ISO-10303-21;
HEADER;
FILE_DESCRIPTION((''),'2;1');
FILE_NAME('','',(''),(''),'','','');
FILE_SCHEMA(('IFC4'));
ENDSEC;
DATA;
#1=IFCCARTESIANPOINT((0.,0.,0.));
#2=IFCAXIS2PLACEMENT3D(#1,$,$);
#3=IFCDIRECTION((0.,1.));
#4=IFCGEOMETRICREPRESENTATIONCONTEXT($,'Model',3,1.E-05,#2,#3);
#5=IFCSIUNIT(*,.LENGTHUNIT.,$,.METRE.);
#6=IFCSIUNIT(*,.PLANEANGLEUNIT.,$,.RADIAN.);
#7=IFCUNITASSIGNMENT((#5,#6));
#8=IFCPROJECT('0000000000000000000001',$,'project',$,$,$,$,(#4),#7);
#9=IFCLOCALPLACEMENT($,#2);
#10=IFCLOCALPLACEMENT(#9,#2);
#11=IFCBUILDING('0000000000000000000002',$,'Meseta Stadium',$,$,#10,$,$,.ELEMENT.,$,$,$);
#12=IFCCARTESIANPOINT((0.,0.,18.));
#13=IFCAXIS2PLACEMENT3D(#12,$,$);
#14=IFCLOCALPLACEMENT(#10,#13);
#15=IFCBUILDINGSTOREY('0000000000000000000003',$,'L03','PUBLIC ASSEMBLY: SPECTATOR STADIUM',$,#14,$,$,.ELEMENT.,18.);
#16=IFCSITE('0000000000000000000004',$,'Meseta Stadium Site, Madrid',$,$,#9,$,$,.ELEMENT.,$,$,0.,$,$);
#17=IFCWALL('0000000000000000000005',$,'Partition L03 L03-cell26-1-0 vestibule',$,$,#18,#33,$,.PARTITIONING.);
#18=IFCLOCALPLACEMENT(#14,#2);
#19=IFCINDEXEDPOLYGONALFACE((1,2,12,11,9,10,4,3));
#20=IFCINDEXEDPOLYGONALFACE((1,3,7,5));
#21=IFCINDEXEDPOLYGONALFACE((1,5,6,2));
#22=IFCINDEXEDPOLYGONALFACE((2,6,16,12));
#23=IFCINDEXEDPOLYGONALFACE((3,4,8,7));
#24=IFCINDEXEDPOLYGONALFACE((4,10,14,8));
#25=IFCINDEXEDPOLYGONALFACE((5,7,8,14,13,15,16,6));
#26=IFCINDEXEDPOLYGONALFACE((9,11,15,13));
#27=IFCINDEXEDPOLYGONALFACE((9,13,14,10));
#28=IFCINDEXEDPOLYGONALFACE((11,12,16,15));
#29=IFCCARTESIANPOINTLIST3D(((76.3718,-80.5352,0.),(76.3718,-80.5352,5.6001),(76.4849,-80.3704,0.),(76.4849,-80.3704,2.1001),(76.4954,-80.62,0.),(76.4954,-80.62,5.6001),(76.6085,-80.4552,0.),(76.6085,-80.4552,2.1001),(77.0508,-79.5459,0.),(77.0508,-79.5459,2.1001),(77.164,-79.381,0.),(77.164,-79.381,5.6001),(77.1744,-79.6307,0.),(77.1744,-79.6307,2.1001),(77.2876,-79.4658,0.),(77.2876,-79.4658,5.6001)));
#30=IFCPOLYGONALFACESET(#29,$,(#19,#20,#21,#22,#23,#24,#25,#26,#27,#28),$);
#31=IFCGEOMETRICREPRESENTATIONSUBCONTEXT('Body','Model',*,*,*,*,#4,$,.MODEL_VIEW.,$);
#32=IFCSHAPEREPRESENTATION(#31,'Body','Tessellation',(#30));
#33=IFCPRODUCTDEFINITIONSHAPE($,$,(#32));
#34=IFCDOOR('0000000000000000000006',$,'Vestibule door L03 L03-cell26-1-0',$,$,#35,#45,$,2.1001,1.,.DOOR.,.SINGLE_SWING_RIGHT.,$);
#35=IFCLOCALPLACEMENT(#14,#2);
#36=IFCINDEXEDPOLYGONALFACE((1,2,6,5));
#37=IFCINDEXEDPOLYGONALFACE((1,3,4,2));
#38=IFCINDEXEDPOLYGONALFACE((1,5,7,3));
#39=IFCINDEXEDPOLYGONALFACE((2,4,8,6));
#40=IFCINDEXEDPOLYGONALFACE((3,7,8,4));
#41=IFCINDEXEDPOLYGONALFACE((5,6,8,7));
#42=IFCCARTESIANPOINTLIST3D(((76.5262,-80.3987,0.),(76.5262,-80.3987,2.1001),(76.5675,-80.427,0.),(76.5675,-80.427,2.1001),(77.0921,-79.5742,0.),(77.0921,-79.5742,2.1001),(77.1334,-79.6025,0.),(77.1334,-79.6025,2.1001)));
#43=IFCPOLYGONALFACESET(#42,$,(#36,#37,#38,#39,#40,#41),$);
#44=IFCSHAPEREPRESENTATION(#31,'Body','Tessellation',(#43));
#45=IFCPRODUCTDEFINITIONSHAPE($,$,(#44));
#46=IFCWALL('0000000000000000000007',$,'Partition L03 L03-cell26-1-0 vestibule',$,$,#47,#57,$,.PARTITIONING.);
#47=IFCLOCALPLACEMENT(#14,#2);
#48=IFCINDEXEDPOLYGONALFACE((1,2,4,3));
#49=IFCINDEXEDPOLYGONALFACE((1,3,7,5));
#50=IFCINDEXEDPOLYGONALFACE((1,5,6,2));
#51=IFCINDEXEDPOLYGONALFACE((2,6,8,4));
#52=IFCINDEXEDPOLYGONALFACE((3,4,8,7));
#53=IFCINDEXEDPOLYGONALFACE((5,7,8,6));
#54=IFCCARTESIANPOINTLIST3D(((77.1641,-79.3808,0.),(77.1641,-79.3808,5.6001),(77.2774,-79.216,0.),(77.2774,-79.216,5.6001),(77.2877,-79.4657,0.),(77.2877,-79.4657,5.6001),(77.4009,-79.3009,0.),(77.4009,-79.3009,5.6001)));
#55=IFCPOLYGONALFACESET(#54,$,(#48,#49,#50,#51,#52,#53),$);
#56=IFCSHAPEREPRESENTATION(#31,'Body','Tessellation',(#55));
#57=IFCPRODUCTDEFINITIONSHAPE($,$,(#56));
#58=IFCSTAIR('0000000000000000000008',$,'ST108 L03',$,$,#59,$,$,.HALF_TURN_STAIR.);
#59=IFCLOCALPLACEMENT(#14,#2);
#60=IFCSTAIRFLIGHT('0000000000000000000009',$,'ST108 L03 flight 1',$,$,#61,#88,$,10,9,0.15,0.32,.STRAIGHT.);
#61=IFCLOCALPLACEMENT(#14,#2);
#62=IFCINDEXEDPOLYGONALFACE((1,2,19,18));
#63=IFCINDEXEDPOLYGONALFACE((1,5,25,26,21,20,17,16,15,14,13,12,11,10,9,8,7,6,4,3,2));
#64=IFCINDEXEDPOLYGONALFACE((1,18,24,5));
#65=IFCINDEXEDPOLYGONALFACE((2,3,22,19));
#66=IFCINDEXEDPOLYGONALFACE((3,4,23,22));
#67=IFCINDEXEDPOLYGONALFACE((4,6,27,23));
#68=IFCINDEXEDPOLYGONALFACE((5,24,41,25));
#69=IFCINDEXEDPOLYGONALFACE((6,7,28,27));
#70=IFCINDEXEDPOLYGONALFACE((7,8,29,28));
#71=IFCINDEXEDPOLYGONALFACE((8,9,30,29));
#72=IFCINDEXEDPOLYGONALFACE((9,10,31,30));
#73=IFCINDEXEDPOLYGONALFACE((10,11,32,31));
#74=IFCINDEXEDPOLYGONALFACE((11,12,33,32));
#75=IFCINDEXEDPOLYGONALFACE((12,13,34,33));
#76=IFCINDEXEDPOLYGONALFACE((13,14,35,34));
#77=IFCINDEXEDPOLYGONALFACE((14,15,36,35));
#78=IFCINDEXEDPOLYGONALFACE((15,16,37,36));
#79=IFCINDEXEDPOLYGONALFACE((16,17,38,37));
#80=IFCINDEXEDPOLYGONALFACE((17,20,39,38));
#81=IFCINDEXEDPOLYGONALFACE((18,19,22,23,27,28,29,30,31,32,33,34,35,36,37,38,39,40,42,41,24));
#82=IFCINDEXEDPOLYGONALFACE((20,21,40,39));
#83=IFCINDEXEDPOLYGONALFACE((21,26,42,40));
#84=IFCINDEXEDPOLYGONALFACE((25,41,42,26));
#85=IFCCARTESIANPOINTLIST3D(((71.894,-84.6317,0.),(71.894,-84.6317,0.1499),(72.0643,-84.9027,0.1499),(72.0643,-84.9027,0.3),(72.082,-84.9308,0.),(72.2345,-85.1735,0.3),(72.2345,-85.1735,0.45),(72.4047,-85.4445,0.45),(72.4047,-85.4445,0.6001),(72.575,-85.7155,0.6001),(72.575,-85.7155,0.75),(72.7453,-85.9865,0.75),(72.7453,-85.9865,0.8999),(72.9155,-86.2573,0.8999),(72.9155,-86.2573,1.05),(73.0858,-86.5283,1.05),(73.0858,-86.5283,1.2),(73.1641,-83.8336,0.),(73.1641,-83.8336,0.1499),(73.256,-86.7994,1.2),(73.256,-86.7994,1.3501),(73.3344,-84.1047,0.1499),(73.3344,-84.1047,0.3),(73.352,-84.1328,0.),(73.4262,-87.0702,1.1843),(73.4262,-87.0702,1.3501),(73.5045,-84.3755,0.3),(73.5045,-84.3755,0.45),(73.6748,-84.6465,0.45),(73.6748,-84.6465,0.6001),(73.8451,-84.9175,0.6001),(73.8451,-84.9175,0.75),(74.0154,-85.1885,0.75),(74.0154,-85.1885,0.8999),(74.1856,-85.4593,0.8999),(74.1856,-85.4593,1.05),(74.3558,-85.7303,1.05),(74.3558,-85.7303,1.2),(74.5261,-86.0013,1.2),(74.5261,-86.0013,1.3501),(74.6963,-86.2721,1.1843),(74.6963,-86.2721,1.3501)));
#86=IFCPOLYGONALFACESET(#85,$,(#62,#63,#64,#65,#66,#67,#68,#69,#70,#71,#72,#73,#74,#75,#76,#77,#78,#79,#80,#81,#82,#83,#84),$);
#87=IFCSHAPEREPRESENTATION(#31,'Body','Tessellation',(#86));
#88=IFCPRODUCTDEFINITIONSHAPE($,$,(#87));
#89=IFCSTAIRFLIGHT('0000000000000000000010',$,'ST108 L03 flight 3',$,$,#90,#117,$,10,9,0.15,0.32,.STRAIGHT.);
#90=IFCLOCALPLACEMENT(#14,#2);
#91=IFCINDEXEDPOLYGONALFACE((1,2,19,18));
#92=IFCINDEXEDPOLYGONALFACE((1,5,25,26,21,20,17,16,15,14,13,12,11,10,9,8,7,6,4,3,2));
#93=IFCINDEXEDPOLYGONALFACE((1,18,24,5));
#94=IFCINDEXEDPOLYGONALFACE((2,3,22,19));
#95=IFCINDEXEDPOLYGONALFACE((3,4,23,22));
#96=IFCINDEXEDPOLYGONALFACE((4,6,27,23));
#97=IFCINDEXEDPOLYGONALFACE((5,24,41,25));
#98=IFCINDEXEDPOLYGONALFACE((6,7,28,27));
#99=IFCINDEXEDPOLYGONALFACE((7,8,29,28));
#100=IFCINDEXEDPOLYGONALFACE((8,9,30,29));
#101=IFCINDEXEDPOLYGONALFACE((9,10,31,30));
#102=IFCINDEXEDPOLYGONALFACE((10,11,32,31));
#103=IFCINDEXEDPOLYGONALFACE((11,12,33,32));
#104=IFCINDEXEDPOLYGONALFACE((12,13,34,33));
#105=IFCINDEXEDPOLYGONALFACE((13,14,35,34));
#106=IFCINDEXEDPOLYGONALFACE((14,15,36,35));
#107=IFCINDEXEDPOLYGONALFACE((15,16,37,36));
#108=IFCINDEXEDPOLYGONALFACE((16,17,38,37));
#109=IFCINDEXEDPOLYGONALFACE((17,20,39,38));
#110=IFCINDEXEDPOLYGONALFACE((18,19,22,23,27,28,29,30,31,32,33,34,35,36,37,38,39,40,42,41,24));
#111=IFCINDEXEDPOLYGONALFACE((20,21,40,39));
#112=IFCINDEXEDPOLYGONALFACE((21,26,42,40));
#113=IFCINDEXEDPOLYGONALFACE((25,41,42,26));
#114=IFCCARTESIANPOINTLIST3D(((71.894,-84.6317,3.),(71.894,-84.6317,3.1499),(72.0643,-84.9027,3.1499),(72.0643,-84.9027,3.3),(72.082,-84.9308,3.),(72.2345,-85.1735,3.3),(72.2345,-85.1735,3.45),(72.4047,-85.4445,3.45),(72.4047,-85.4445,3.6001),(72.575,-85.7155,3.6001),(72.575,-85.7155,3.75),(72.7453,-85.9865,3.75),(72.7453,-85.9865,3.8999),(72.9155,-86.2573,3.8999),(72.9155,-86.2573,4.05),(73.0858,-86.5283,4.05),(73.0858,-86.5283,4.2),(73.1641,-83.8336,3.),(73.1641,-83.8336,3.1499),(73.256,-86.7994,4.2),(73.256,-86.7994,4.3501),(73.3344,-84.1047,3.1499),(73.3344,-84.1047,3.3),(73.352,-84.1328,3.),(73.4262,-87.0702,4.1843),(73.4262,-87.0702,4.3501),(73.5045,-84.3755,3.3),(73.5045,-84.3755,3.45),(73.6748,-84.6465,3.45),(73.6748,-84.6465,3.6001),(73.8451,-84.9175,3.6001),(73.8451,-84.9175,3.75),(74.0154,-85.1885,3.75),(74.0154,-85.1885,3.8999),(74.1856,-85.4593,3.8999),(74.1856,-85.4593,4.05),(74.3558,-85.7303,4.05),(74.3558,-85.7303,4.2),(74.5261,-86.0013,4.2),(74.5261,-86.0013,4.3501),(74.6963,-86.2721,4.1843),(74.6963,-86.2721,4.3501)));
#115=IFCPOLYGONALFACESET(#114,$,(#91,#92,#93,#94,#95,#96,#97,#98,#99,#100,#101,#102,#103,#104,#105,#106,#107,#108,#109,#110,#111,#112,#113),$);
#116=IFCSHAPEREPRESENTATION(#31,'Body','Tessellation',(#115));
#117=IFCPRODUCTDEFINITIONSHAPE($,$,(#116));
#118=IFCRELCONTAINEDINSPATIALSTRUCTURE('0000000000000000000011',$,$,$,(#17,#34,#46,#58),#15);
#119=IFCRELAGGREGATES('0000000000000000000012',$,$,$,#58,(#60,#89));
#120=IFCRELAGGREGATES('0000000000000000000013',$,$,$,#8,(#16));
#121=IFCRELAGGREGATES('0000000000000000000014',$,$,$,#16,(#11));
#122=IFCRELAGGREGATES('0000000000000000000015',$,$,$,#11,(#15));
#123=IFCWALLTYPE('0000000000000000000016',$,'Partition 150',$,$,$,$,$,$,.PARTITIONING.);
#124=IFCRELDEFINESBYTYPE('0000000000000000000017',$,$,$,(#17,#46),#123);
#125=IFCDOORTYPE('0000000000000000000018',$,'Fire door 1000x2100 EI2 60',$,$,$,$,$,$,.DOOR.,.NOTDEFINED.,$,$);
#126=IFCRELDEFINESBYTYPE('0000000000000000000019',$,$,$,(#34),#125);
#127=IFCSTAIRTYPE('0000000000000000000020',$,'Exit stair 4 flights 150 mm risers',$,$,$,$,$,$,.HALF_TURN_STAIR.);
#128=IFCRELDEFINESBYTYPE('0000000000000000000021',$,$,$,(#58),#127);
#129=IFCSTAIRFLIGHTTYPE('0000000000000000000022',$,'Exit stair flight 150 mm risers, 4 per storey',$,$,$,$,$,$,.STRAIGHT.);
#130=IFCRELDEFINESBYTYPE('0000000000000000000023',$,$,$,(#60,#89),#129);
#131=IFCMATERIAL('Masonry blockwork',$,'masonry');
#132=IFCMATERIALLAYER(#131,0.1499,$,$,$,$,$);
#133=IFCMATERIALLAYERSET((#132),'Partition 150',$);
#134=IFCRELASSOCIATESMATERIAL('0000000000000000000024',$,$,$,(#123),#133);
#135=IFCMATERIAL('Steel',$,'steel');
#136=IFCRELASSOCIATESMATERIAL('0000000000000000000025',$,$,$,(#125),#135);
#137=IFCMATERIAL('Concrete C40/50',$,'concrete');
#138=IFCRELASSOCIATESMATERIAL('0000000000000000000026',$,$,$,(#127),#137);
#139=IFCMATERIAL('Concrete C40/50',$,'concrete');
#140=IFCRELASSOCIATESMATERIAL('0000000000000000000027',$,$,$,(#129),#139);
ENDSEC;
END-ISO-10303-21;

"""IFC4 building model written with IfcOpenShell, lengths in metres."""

from ifc_helpers import new_model, si_unit, direction, frame, frame_2d, origin, place, context, subcontext, project, spatial, polyline, rectangle, outline, extrude, material, layer, layer_set, type_object, element, fill, aggregate, save


model = new_model("IFC4")

# Units and contexts
model_context = context("Model", 3, precision=1e-05, world=origin(), true_north=direction((0.0, 1.0)))
body_context = subcontext(model_context, "Body", "Model", "MODEL_VIEW")
ifc_project = project(units=[si_unit("LENGTHUNIT", "METRE"), si_unit("PLANEANGLEUNIT", "RADIAN")], contexts=[model_context])

# Site, building, storey
site_placement = place(None, origin())
site = spatial("IfcSite", under=ifc_project, at=site_placement, Name="Meseta Stadium Site, Madrid", CompositionType="ELEMENT", RefElevation=0.0)
building_placement = place(site_placement, origin())
building = spatial("IfcBuilding", under=site, at=building_placement, Name="Meseta Stadium", CompositionType="ELEMENT")
storey_placement = place(building_placement, frame((0.0, 0.0, 18.0)))
storey = spatial("IfcBuildingStorey", under=building, at=storey_placement, Name="L03", Description="PUBLIC ASSEMBLY: SPECTATOR STADIUM", CompositionType="ELEMENT", Elevation=18.0)

# Shared definitions
ifc_material_1 = material(Name="Masonry blockwork", Category="masonry")
ifc_layer = layer(ifc_material_1, 0.1499)
ifc_layer_set = layer_set([ifc_layer], Name="Partition 150")
wall_type = type_object("IfcWallType", Name="Partition 150", PredefinedType="PARTITIONING", material=ifc_layer_set)

# Wall, opening, door
wall_1_placement = place(storey_placement, frame((76.4336, -80.5776, 0.0), z_axis=(0.0, 0.0, 1.0), x_axis=(0.565877, 0.824489, 0.0)))
wall_1 = element("IfcWall", 1, at=wall_1_placement, inside=storey, type_object=wall_type, Name="Partition L03 L03-cell26-1-0 vestibule", PredefinedType="PARTITIONING", context=body_context, shape_type="SweptSolid", body=[
    extrude(rectangle(XDim=1.3999, YDim=0.1499, at=frame_2d((0.7, 0.0))), origin(), (0.0, 0.0, 1.0), 5.6001),
])
opening_placement = place(wall_1_placement, frame((0.2, 0.0, 0.0)))
opening = element("IfcOpeningElement", 2, at=opening_placement, cuts=wall_1, PredefinedType="OPENING", context=body_context, shape_type="SweptSolid", body=[
    extrude(rectangle(XDim=1.0, YDim=2.1001, at=frame_2d((0.5, 1.05))), frame((0.0, 0.085, 0.0), z_axis=(0.0, -1.0, 0.0), x_axis=(1.0, 0.0, 0.0)), (0.0, 0.0, 1.0), 0.1699),
])
ifc_material_2 = material(Name="Steel", Category="steel")
door_type = type_object("IfcDoorType", Name="Fire door 1000x2100 EI2 60", OperationType="NOTDEFINED", PredefinedType="DOOR", material=ifc_material_2)
door_placement = place(opening_placement, origin())
door = element("IfcDoor", 3, at=door_placement, inside=storey, type_object=door_type, Name="Vestibule door L03 L03-cell26-1-0", OperationType="SINGLE_SWING_RIGHT", OverallHeight=2.1001, OverallWidth=1.0, PredefinedType="DOOR", context=body_context, shape_type="SweptSolid", body=[
    extrude(rectangle(XDim=1.0, YDim=2.1001, at=frame_2d((0.5, 1.05))), frame((0.0, 0.0249, 0.0), z_axis=(0.0, -1.0, 0.0), x_axis=(1.0, 0.0, 0.0)), (0.0, 0.0, 1.0), 0.05),
])
fill(opening, door)

# Wall
wall_2_placement = place(storey_placement, frame((77.2258, -79.4233, 0.0), z_axis=(0.0, 0.0, 1.0), x_axis=(0.566477, 0.824078, 0.0)))
element("IfcWall", 4, at=wall_2_placement, inside=storey, type_object=wall_type, Name="Partition L03 L03-cell26-1-0 vestibule", PredefinedType="PARTITIONING", context=body_context, shape_type="SweptSolid", body=[
    extrude(rectangle(XDim=0.2, YDim=0.1499, at=frame_2d((0.1001, 0.0))), origin(), (0.0, 0.0, 1.0), 5.6001),
])

# Stair, stair flights
ifc_material_3 = material(Name="Concrete C40/50", Category="concrete")
stair_type = type_object("IfcStairType", Name="Exit stair 4 flights 150 mm risers", PredefinedType="HALF_TURN_STAIR", material=ifc_material_3)
stair_placement = place(storey_placement, origin())
stair = element("IfcStair", 5, at=stair_placement, inside=storey, type_object=stair_type, Name="ST108 L03", PredefinedType="HALF_TURN_STAIR")
ifc_material_4 = material(Name="Concrete C40/50", Category="concrete")
stair_flight_type = type_object("IfcStairFlightType", Name="Exit stair flight 150 mm risers, 4 per storey", PredefinedType="STRAIGHT", material=ifc_material_4)
stair_flight_1_placement = place(storey_placement, frame((72.5291, -84.2327, 0.0), z_axis=(0.0, 0.0, 1.0), x_axis=(0.532032, -0.846724, 0.0)))
stair_flight_1 = element("IfcStairFlight", 6, at=stair_flight_1_placement, type_object=stair_flight_type, Name="ST108 L03 flight 1", NumberOfRisers=10, NumberOfTreads=9, PredefinedType="STRAIGHT", RiserHeight=0.15, TreadLength=0.32, context=body_context, shape_type="SweptSolid", body=[
    extrude(outline(polyline([(0.0, 0.0), (0.0, 0.1499), (0.3201, 0.1499), (0.3201, 0.3), (0.6399, 0.3), (0.6399, 0.45), (0.96, 0.45), (0.96, 0.6001), (1.28, 0.6001), (1.28, 0.75), (1.6001, 0.75), (1.6001, 0.8999), (1.9199, 0.8999), (1.9199, 1.05), (2.24, 1.05), (2.24, 1.2), (2.5601, 1.2), (2.5601, 1.3501), (2.8799, 1.3501), (2.8799, 1.1843), (0.3533, 0.0), (0.0, 0.0)])), frame((0.0, 0.75, 0.0), z_axis=(0.0, -1.0, 0.0), x_axis=(1.0, 0.0, 0.0)), (0.0, 0.0, 1.0), 1.5),
])
stair_flight_2_placement = place(storey_placement, frame((72.5291, -84.2327, 3.0), z_axis=(0.0, 0.0, 1.0), x_axis=(0.532032, -0.846724, 0.0)))
stair_flight_2 = element("IfcStairFlight", 7, at=stair_flight_2_placement, type_object=stair_flight_type, Name="ST108 L03 flight 3", NumberOfRisers=10, NumberOfTreads=9, PredefinedType="STRAIGHT", RiserHeight=0.15, TreadLength=0.32, context=body_context, shape_type="SweptSolid", body=[
    extrude(outline(polyline([(0.0, 0.0), (0.0, 0.1499), (0.3201, 0.1499), (0.3201, 0.3), (0.6399, 0.3), (0.6399, 0.45), (0.96, 0.45), (0.96, 0.6001), (1.28, 0.6001), (1.28, 0.75), (1.6001, 0.75), (1.6001, 0.8999), (1.9199, 0.8999), (1.9199, 1.05), (2.24, 1.05), (2.24, 1.2), (2.5601, 1.2), (2.5601, 1.3501), (2.8799, 1.3501), (2.8799, 1.1843), (0.3533, 0.0), (0.0, 0.0)])), frame((0.0, 0.75, 0.0), z_axis=(0.0, -1.0, 0.0), x_axis=(1.0, 0.0, 0.0)), (0.0, 0.0, 1.0), 1.5),
])
aggregate(stair, [stair_flight_1, stair_flight_2])

save(model, "model.ifc")
